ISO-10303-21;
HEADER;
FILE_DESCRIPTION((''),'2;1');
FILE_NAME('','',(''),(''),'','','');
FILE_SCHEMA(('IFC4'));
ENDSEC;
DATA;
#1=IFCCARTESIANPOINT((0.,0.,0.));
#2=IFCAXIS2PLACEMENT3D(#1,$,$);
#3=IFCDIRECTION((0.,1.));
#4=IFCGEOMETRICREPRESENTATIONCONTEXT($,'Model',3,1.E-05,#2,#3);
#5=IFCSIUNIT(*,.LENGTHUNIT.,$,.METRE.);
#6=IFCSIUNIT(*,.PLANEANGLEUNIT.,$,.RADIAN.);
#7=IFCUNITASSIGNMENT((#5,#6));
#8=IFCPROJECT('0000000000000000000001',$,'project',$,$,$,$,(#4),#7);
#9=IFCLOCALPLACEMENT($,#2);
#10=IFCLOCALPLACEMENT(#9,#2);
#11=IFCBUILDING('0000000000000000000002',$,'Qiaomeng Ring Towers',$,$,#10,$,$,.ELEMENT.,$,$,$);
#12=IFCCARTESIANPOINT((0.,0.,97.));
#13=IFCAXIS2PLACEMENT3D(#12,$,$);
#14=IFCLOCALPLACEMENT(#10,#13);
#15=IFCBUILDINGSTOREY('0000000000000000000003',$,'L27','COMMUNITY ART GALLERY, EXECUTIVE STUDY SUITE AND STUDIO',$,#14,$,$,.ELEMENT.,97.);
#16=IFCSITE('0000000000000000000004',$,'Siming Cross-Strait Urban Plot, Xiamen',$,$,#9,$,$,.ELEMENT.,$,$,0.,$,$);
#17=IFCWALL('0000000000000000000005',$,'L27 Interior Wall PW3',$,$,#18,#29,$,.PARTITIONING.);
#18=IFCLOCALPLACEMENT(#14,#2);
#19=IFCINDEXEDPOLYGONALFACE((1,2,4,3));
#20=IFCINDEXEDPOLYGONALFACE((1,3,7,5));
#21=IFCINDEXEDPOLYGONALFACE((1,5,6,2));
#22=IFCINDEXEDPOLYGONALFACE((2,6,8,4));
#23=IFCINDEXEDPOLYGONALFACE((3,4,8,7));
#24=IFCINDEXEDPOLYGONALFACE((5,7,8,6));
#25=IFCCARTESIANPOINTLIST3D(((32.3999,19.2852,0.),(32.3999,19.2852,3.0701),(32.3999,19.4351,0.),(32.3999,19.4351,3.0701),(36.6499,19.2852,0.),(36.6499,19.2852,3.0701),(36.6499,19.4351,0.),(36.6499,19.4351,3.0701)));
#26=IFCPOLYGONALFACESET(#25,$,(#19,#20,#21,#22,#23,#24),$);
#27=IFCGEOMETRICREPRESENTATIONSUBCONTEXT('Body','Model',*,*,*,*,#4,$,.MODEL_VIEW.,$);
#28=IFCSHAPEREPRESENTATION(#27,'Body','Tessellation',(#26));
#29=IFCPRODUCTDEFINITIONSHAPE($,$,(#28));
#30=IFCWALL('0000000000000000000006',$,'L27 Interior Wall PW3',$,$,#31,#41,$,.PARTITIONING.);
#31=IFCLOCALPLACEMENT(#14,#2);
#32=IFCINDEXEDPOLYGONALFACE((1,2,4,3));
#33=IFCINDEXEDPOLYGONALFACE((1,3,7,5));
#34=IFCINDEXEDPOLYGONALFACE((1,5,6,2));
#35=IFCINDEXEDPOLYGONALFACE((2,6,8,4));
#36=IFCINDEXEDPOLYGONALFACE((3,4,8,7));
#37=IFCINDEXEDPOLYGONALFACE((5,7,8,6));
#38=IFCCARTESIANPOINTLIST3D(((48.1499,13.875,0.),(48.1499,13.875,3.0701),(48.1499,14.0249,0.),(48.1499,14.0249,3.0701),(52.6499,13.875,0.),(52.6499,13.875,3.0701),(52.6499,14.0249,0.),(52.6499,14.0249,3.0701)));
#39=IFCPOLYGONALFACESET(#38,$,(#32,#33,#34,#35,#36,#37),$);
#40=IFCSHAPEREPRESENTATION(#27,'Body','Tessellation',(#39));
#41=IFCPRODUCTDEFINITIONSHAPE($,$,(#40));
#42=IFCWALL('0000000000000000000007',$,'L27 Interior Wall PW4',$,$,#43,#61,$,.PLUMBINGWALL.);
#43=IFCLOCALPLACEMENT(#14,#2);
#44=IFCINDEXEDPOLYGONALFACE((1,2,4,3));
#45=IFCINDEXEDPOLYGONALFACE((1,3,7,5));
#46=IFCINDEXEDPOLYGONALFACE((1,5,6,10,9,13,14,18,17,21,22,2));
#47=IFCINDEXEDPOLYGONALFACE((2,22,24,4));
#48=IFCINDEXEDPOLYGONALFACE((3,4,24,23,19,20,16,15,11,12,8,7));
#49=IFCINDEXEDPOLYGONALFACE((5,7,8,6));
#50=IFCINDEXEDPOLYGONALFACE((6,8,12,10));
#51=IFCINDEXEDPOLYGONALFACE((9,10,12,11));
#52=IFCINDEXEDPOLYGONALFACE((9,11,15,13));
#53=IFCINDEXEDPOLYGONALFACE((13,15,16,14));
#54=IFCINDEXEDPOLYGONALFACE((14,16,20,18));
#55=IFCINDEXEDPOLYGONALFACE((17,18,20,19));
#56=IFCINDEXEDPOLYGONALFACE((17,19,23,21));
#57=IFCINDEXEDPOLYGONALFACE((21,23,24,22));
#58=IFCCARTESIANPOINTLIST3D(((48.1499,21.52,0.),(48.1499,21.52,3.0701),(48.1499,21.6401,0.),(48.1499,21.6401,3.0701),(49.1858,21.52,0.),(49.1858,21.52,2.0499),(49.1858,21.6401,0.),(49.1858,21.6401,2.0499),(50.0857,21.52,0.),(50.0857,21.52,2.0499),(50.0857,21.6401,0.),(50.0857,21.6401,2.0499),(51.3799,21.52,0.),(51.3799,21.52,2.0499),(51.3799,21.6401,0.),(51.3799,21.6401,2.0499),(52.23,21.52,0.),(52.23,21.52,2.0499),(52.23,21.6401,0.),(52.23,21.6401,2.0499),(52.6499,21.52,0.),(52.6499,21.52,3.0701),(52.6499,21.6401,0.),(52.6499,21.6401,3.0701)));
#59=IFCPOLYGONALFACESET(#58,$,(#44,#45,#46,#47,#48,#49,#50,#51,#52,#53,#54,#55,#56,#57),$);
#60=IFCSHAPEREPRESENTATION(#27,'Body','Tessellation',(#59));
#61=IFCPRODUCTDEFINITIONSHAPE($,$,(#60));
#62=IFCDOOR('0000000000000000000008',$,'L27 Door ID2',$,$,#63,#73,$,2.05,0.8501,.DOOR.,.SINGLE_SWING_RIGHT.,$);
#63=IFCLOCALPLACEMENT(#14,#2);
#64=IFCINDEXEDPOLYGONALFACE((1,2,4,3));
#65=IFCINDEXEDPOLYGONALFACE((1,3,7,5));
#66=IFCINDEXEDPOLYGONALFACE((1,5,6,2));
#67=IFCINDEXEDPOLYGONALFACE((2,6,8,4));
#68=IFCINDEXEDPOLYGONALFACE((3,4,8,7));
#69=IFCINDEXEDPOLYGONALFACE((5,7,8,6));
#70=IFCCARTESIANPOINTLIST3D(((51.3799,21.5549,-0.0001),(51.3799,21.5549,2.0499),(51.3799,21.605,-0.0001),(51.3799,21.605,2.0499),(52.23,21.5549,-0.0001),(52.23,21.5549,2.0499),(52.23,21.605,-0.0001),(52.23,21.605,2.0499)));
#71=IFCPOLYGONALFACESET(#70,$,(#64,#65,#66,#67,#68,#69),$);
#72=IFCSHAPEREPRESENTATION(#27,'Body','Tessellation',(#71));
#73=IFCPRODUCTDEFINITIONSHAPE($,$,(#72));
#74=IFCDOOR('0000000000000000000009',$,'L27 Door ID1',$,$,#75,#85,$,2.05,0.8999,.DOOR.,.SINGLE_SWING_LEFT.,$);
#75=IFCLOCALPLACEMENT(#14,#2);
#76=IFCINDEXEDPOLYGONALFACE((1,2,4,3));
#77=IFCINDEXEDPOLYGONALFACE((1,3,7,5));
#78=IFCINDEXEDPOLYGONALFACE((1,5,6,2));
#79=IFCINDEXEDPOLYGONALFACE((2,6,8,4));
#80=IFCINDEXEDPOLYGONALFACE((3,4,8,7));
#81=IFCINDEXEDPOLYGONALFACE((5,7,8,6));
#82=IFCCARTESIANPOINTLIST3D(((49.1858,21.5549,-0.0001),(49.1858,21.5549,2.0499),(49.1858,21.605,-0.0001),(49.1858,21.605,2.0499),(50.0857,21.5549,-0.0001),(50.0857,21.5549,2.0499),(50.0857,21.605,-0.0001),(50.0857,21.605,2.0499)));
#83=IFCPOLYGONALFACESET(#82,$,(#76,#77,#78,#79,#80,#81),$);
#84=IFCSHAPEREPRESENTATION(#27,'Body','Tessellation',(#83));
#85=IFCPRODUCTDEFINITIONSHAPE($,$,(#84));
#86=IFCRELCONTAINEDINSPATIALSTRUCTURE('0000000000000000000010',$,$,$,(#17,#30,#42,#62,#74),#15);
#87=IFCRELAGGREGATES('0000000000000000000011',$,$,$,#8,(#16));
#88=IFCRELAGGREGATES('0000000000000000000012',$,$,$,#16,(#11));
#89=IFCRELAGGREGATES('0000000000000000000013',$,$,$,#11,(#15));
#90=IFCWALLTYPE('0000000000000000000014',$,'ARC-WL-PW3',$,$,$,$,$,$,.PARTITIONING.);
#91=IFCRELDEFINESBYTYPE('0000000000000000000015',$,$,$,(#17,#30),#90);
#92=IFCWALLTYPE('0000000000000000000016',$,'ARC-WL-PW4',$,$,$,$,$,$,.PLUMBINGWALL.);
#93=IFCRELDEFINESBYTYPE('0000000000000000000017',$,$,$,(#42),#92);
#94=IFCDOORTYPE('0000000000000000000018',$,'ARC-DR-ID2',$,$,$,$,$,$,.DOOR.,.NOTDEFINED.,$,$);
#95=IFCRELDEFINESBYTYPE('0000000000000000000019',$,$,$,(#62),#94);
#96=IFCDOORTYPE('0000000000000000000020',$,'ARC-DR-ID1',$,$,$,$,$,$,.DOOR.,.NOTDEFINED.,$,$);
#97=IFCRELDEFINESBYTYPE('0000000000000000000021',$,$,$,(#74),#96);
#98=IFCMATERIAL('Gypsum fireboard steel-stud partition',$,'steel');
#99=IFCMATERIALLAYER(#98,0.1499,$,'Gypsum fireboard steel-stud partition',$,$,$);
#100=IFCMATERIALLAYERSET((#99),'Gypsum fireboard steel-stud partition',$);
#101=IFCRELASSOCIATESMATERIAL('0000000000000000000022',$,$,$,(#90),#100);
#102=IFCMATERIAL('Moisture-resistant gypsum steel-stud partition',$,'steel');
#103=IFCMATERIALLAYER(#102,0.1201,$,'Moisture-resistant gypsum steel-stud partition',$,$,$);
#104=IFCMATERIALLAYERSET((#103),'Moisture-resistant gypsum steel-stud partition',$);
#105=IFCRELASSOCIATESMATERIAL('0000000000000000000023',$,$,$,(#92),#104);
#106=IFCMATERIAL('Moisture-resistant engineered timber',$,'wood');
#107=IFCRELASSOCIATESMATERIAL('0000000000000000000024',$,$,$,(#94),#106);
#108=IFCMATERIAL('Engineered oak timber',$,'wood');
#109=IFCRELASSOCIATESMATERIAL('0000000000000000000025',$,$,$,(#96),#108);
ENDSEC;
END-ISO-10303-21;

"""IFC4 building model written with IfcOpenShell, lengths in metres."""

from ifc_helpers import new_model, si_unit, direction, frame, frame_2d, origin, place, context, subcontext, project, spatial, rectangle, extrude, source, transform, mapped, material, layer, layer_set, type_object, element, fill, save


model = new_model("IFC4")

# Units and contexts
model_context = context("Model", 3, precision=1e-05, world=origin(), true_north=direction((0.0, 1.0)))
body_context = subcontext(model_context, "Body", "Model", "MODEL_VIEW")
ifc_project = project(units=[si_unit("LENGTHUNIT", "METRE"), si_unit("PLANEANGLEUNIT", "RADIAN")], contexts=[model_context])

# Site, building, storey
site_placement = place(None, origin())
site = spatial("IfcSite", under=ifc_project, at=site_placement, Name="Siming Cross-Strait Urban Plot, Xiamen", CompositionType="ELEMENT", RefElevation=0.0)
building_placement = place(site_placement, origin())
building = spatial("IfcBuilding", under=site, at=building_placement, Name="Qiaomeng Ring Towers", CompositionType="ELEMENT")
storey_placement = place(building_placement, frame((0.0, 0.0, 97.0)))
storey = spatial("IfcBuildingStorey", under=building, at=storey_placement, Name="L27", Description="COMMUNITY ART GALLERY, EXECUTIVE STUDY SUITE AND STUDIO", CompositionType="ELEMENT", Elevation=97.0)

# Walls
ifc_material_1 = material(Name="Gypsum fireboard steel-stud partition", Category="steel")
ifc_layer_1 = layer(ifc_material_1, 0.1499, Name="Gypsum fireboard steel-stud partition")
ifc_layer_set_1 = layer_set([ifc_layer_1], Name="Gypsum fireboard steel-stud partition")
wall_type_1 = type_object("IfcWallType", Name="ARC-WL-PW3", PredefinedType="PARTITIONING", material=ifc_layer_set_1)
wall_1_placement = place(storey_placement, frame((32.3999, 19.3601, 0.0), z_axis=(0.0, 0.0, 1.0), x_axis=(1.0, 0.0, 0.0)))
element("IfcWall", 1, at=wall_1_placement, inside=storey, type_object=wall_type_1, Name="L27 Interior Wall PW3", PredefinedType="PARTITIONING", context=body_context, shape_type="SweptSolid", body=[
    extrude(rectangle(XDim=4.25, YDim=0.1499, at=frame_2d((2.125, 0.0))), origin(), (0.0, 0.0, 1.0), 3.0701),
])
wall_2_placement = place(storey_placement, frame((48.1499, 13.95, 0.0), z_axis=(0.0, 0.0, 1.0), x_axis=(1.0, 0.0, 0.0)))
element("IfcWall", 2, at=wall_2_placement, inside=storey, type_object=wall_type_1, Name="L27 Interior Wall PW3", PredefinedType="PARTITIONING", context=body_context, shape_type="SweptSolid", body=[
    extrude(rectangle(XDim=4.5, YDim=0.1499, at=frame_2d((2.25, 0.0))), origin(), (0.0, 0.0, 1.0), 3.0701),
])

# Wall, openings, doors
ifc_material_2 = material(Name="Moisture-resistant gypsum steel-stud partition", Category="steel")
ifc_layer_2 = layer(ifc_material_2, 0.1201, Name="Moisture-resistant gypsum steel-stud partition")
ifc_layer_set_2 = layer_set([ifc_layer_2], Name="Moisture-resistant gypsum steel-stud partition")
wall_type_2 = type_object("IfcWallType", Name="ARC-WL-PW4", PredefinedType="PLUMBINGWALL", material=ifc_layer_set_2)
wall_3_placement = place(storey_placement, frame((48.1499, 21.5801, 0.0), z_axis=(0.0, 0.0, 1.0), x_axis=(1.0, 0.0, 0.0)))
wall_3 = element("IfcWall", 3, at=wall_3_placement, inside=storey, type_object=wall_type_2, Name="L27 Interior Wall PW4", PredefinedType="PLUMBINGWALL", context=body_context, shape_type="SweptSolid", body=[
    extrude(rectangle(XDim=4.5, YDim=0.1201, at=frame_2d((2.25, 0.0))), origin(), (0.0, 0.0, 1.0), 3.0701),
])
opening_1_placement = place(wall_3_placement, frame((1.0359, 0.0, 0.0)))
opening_1 = element("IfcOpeningElement", 4, at=opening_1_placement, cuts=wall_3, PredefinedType="OPENING", context=body_context, shape_type="SweptSolid", body=[
    extrude(rectangle(XDim=0.8999, YDim=2.05, at=frame_2d((0.45, 1.0249))), frame((0.0, 0.0701, 0.0), z_axis=(0.0, -1.0, 0.0), x_axis=(1.0, 0.0, 0.0)), (0.0, 0.0, 1.0), 0.1401),
])
opening_2_placement = place(wall_3_placement, frame((3.23, 0.0, 0.0)))
opening_2 = element("IfcOpeningElement", 5, at=opening_2_placement, cuts=wall_3, PredefinedType="OPENING", context=body_context, shape_type="SweptSolid", body=[
    extrude(rectangle(XDim=0.8501, YDim=2.05, at=frame_2d((0.425, 1.0249))), frame((0.0, 0.0701, 0.0), z_axis=(0.0, -1.0, 0.0), x_axis=(1.0, 0.0, 0.0)), (0.0, 0.0, 1.0), 0.1401),
])
ifc_material_3 = material(Name="Moisture-resistant engineered timber", Category="wood")
door_type_1 = type_object("IfcDoorType", Name="ARC-DR-ID2", OperationType="NOTDEFINED", PredefinedType="DOOR", material=ifc_material_3)
shared_shape_1 = source(origin(), body_context, "Body", "SweptSolid", [
    extrude(rectangle(XDim=0.8501, YDim=2.05, at=frame_2d((0.425, 1.0249))), frame((0.0, 0.0249, 0.0), z_axis=(0.0, -1.0, 0.0), x_axis=(1.0, 0.0, 0.0)), (0.0, 0.0, 1.0), 0.05),
])
door_1_placement = place(opening_2_placement, origin())
door_1 = element("IfcDoor", 6, at=door_1_placement, inside=storey, type_object=door_type_1, Name="L27 Door ID2", OperationType="SINGLE_SWING_RIGHT", OverallHeight=2.05, OverallWidth=0.8501, PredefinedType="DOOR", context=body_context, shape_type="MappedRepresentation", body=[
    mapped(shared_shape_1, transform((0.0, 0.0, 0.0), x_axis=(1.0, 0.0, 0.0), y_axis=(0.0, 1.0, 0.0), z_axis=(0.0, 0.0, 1.0), scale=1.0)),
])
fill(opening_2, door_1)
ifc_material_4 = material(Name="Engineered oak timber", Category="wood")
door_type_2 = type_object("IfcDoorType", Name="ARC-DR-ID1", OperationType="NOTDEFINED", PredefinedType="DOOR", material=ifc_material_4)
shared_shape_2 = source(origin(), body_context, "Body", "SweptSolid", [
    extrude(rectangle(XDim=0.8999, YDim=2.05, at=frame_2d((0.45, 1.0249))), frame((0.0, 0.0249, 0.0), z_axis=(0.0, -1.0, 0.0), x_axis=(1.0, 0.0, 0.0)), (0.0, 0.0, 1.0), 0.05),
])
door_2_placement = place(opening_1_placement, origin())
door_2 = element("IfcDoor", 7, at=door_2_placement, inside=storey, type_object=door_type_2, Name="L27 Door ID1", OperationType="SINGLE_SWING_LEFT", OverallHeight=2.05, OverallWidth=0.8999, PredefinedType="DOOR", context=body_context, shape_type="MappedRepresentation", body=[
    mapped(shared_shape_2, transform((0.0, 0.0, 0.0), x_axis=(1.0, 0.0, 0.0), y_axis=(0.0, 1.0, 0.0), z_axis=(0.0, 0.0, 1.0), scale=1.0)),
])
fill(opening_1, door_2)

save(model, "model.ifc")
